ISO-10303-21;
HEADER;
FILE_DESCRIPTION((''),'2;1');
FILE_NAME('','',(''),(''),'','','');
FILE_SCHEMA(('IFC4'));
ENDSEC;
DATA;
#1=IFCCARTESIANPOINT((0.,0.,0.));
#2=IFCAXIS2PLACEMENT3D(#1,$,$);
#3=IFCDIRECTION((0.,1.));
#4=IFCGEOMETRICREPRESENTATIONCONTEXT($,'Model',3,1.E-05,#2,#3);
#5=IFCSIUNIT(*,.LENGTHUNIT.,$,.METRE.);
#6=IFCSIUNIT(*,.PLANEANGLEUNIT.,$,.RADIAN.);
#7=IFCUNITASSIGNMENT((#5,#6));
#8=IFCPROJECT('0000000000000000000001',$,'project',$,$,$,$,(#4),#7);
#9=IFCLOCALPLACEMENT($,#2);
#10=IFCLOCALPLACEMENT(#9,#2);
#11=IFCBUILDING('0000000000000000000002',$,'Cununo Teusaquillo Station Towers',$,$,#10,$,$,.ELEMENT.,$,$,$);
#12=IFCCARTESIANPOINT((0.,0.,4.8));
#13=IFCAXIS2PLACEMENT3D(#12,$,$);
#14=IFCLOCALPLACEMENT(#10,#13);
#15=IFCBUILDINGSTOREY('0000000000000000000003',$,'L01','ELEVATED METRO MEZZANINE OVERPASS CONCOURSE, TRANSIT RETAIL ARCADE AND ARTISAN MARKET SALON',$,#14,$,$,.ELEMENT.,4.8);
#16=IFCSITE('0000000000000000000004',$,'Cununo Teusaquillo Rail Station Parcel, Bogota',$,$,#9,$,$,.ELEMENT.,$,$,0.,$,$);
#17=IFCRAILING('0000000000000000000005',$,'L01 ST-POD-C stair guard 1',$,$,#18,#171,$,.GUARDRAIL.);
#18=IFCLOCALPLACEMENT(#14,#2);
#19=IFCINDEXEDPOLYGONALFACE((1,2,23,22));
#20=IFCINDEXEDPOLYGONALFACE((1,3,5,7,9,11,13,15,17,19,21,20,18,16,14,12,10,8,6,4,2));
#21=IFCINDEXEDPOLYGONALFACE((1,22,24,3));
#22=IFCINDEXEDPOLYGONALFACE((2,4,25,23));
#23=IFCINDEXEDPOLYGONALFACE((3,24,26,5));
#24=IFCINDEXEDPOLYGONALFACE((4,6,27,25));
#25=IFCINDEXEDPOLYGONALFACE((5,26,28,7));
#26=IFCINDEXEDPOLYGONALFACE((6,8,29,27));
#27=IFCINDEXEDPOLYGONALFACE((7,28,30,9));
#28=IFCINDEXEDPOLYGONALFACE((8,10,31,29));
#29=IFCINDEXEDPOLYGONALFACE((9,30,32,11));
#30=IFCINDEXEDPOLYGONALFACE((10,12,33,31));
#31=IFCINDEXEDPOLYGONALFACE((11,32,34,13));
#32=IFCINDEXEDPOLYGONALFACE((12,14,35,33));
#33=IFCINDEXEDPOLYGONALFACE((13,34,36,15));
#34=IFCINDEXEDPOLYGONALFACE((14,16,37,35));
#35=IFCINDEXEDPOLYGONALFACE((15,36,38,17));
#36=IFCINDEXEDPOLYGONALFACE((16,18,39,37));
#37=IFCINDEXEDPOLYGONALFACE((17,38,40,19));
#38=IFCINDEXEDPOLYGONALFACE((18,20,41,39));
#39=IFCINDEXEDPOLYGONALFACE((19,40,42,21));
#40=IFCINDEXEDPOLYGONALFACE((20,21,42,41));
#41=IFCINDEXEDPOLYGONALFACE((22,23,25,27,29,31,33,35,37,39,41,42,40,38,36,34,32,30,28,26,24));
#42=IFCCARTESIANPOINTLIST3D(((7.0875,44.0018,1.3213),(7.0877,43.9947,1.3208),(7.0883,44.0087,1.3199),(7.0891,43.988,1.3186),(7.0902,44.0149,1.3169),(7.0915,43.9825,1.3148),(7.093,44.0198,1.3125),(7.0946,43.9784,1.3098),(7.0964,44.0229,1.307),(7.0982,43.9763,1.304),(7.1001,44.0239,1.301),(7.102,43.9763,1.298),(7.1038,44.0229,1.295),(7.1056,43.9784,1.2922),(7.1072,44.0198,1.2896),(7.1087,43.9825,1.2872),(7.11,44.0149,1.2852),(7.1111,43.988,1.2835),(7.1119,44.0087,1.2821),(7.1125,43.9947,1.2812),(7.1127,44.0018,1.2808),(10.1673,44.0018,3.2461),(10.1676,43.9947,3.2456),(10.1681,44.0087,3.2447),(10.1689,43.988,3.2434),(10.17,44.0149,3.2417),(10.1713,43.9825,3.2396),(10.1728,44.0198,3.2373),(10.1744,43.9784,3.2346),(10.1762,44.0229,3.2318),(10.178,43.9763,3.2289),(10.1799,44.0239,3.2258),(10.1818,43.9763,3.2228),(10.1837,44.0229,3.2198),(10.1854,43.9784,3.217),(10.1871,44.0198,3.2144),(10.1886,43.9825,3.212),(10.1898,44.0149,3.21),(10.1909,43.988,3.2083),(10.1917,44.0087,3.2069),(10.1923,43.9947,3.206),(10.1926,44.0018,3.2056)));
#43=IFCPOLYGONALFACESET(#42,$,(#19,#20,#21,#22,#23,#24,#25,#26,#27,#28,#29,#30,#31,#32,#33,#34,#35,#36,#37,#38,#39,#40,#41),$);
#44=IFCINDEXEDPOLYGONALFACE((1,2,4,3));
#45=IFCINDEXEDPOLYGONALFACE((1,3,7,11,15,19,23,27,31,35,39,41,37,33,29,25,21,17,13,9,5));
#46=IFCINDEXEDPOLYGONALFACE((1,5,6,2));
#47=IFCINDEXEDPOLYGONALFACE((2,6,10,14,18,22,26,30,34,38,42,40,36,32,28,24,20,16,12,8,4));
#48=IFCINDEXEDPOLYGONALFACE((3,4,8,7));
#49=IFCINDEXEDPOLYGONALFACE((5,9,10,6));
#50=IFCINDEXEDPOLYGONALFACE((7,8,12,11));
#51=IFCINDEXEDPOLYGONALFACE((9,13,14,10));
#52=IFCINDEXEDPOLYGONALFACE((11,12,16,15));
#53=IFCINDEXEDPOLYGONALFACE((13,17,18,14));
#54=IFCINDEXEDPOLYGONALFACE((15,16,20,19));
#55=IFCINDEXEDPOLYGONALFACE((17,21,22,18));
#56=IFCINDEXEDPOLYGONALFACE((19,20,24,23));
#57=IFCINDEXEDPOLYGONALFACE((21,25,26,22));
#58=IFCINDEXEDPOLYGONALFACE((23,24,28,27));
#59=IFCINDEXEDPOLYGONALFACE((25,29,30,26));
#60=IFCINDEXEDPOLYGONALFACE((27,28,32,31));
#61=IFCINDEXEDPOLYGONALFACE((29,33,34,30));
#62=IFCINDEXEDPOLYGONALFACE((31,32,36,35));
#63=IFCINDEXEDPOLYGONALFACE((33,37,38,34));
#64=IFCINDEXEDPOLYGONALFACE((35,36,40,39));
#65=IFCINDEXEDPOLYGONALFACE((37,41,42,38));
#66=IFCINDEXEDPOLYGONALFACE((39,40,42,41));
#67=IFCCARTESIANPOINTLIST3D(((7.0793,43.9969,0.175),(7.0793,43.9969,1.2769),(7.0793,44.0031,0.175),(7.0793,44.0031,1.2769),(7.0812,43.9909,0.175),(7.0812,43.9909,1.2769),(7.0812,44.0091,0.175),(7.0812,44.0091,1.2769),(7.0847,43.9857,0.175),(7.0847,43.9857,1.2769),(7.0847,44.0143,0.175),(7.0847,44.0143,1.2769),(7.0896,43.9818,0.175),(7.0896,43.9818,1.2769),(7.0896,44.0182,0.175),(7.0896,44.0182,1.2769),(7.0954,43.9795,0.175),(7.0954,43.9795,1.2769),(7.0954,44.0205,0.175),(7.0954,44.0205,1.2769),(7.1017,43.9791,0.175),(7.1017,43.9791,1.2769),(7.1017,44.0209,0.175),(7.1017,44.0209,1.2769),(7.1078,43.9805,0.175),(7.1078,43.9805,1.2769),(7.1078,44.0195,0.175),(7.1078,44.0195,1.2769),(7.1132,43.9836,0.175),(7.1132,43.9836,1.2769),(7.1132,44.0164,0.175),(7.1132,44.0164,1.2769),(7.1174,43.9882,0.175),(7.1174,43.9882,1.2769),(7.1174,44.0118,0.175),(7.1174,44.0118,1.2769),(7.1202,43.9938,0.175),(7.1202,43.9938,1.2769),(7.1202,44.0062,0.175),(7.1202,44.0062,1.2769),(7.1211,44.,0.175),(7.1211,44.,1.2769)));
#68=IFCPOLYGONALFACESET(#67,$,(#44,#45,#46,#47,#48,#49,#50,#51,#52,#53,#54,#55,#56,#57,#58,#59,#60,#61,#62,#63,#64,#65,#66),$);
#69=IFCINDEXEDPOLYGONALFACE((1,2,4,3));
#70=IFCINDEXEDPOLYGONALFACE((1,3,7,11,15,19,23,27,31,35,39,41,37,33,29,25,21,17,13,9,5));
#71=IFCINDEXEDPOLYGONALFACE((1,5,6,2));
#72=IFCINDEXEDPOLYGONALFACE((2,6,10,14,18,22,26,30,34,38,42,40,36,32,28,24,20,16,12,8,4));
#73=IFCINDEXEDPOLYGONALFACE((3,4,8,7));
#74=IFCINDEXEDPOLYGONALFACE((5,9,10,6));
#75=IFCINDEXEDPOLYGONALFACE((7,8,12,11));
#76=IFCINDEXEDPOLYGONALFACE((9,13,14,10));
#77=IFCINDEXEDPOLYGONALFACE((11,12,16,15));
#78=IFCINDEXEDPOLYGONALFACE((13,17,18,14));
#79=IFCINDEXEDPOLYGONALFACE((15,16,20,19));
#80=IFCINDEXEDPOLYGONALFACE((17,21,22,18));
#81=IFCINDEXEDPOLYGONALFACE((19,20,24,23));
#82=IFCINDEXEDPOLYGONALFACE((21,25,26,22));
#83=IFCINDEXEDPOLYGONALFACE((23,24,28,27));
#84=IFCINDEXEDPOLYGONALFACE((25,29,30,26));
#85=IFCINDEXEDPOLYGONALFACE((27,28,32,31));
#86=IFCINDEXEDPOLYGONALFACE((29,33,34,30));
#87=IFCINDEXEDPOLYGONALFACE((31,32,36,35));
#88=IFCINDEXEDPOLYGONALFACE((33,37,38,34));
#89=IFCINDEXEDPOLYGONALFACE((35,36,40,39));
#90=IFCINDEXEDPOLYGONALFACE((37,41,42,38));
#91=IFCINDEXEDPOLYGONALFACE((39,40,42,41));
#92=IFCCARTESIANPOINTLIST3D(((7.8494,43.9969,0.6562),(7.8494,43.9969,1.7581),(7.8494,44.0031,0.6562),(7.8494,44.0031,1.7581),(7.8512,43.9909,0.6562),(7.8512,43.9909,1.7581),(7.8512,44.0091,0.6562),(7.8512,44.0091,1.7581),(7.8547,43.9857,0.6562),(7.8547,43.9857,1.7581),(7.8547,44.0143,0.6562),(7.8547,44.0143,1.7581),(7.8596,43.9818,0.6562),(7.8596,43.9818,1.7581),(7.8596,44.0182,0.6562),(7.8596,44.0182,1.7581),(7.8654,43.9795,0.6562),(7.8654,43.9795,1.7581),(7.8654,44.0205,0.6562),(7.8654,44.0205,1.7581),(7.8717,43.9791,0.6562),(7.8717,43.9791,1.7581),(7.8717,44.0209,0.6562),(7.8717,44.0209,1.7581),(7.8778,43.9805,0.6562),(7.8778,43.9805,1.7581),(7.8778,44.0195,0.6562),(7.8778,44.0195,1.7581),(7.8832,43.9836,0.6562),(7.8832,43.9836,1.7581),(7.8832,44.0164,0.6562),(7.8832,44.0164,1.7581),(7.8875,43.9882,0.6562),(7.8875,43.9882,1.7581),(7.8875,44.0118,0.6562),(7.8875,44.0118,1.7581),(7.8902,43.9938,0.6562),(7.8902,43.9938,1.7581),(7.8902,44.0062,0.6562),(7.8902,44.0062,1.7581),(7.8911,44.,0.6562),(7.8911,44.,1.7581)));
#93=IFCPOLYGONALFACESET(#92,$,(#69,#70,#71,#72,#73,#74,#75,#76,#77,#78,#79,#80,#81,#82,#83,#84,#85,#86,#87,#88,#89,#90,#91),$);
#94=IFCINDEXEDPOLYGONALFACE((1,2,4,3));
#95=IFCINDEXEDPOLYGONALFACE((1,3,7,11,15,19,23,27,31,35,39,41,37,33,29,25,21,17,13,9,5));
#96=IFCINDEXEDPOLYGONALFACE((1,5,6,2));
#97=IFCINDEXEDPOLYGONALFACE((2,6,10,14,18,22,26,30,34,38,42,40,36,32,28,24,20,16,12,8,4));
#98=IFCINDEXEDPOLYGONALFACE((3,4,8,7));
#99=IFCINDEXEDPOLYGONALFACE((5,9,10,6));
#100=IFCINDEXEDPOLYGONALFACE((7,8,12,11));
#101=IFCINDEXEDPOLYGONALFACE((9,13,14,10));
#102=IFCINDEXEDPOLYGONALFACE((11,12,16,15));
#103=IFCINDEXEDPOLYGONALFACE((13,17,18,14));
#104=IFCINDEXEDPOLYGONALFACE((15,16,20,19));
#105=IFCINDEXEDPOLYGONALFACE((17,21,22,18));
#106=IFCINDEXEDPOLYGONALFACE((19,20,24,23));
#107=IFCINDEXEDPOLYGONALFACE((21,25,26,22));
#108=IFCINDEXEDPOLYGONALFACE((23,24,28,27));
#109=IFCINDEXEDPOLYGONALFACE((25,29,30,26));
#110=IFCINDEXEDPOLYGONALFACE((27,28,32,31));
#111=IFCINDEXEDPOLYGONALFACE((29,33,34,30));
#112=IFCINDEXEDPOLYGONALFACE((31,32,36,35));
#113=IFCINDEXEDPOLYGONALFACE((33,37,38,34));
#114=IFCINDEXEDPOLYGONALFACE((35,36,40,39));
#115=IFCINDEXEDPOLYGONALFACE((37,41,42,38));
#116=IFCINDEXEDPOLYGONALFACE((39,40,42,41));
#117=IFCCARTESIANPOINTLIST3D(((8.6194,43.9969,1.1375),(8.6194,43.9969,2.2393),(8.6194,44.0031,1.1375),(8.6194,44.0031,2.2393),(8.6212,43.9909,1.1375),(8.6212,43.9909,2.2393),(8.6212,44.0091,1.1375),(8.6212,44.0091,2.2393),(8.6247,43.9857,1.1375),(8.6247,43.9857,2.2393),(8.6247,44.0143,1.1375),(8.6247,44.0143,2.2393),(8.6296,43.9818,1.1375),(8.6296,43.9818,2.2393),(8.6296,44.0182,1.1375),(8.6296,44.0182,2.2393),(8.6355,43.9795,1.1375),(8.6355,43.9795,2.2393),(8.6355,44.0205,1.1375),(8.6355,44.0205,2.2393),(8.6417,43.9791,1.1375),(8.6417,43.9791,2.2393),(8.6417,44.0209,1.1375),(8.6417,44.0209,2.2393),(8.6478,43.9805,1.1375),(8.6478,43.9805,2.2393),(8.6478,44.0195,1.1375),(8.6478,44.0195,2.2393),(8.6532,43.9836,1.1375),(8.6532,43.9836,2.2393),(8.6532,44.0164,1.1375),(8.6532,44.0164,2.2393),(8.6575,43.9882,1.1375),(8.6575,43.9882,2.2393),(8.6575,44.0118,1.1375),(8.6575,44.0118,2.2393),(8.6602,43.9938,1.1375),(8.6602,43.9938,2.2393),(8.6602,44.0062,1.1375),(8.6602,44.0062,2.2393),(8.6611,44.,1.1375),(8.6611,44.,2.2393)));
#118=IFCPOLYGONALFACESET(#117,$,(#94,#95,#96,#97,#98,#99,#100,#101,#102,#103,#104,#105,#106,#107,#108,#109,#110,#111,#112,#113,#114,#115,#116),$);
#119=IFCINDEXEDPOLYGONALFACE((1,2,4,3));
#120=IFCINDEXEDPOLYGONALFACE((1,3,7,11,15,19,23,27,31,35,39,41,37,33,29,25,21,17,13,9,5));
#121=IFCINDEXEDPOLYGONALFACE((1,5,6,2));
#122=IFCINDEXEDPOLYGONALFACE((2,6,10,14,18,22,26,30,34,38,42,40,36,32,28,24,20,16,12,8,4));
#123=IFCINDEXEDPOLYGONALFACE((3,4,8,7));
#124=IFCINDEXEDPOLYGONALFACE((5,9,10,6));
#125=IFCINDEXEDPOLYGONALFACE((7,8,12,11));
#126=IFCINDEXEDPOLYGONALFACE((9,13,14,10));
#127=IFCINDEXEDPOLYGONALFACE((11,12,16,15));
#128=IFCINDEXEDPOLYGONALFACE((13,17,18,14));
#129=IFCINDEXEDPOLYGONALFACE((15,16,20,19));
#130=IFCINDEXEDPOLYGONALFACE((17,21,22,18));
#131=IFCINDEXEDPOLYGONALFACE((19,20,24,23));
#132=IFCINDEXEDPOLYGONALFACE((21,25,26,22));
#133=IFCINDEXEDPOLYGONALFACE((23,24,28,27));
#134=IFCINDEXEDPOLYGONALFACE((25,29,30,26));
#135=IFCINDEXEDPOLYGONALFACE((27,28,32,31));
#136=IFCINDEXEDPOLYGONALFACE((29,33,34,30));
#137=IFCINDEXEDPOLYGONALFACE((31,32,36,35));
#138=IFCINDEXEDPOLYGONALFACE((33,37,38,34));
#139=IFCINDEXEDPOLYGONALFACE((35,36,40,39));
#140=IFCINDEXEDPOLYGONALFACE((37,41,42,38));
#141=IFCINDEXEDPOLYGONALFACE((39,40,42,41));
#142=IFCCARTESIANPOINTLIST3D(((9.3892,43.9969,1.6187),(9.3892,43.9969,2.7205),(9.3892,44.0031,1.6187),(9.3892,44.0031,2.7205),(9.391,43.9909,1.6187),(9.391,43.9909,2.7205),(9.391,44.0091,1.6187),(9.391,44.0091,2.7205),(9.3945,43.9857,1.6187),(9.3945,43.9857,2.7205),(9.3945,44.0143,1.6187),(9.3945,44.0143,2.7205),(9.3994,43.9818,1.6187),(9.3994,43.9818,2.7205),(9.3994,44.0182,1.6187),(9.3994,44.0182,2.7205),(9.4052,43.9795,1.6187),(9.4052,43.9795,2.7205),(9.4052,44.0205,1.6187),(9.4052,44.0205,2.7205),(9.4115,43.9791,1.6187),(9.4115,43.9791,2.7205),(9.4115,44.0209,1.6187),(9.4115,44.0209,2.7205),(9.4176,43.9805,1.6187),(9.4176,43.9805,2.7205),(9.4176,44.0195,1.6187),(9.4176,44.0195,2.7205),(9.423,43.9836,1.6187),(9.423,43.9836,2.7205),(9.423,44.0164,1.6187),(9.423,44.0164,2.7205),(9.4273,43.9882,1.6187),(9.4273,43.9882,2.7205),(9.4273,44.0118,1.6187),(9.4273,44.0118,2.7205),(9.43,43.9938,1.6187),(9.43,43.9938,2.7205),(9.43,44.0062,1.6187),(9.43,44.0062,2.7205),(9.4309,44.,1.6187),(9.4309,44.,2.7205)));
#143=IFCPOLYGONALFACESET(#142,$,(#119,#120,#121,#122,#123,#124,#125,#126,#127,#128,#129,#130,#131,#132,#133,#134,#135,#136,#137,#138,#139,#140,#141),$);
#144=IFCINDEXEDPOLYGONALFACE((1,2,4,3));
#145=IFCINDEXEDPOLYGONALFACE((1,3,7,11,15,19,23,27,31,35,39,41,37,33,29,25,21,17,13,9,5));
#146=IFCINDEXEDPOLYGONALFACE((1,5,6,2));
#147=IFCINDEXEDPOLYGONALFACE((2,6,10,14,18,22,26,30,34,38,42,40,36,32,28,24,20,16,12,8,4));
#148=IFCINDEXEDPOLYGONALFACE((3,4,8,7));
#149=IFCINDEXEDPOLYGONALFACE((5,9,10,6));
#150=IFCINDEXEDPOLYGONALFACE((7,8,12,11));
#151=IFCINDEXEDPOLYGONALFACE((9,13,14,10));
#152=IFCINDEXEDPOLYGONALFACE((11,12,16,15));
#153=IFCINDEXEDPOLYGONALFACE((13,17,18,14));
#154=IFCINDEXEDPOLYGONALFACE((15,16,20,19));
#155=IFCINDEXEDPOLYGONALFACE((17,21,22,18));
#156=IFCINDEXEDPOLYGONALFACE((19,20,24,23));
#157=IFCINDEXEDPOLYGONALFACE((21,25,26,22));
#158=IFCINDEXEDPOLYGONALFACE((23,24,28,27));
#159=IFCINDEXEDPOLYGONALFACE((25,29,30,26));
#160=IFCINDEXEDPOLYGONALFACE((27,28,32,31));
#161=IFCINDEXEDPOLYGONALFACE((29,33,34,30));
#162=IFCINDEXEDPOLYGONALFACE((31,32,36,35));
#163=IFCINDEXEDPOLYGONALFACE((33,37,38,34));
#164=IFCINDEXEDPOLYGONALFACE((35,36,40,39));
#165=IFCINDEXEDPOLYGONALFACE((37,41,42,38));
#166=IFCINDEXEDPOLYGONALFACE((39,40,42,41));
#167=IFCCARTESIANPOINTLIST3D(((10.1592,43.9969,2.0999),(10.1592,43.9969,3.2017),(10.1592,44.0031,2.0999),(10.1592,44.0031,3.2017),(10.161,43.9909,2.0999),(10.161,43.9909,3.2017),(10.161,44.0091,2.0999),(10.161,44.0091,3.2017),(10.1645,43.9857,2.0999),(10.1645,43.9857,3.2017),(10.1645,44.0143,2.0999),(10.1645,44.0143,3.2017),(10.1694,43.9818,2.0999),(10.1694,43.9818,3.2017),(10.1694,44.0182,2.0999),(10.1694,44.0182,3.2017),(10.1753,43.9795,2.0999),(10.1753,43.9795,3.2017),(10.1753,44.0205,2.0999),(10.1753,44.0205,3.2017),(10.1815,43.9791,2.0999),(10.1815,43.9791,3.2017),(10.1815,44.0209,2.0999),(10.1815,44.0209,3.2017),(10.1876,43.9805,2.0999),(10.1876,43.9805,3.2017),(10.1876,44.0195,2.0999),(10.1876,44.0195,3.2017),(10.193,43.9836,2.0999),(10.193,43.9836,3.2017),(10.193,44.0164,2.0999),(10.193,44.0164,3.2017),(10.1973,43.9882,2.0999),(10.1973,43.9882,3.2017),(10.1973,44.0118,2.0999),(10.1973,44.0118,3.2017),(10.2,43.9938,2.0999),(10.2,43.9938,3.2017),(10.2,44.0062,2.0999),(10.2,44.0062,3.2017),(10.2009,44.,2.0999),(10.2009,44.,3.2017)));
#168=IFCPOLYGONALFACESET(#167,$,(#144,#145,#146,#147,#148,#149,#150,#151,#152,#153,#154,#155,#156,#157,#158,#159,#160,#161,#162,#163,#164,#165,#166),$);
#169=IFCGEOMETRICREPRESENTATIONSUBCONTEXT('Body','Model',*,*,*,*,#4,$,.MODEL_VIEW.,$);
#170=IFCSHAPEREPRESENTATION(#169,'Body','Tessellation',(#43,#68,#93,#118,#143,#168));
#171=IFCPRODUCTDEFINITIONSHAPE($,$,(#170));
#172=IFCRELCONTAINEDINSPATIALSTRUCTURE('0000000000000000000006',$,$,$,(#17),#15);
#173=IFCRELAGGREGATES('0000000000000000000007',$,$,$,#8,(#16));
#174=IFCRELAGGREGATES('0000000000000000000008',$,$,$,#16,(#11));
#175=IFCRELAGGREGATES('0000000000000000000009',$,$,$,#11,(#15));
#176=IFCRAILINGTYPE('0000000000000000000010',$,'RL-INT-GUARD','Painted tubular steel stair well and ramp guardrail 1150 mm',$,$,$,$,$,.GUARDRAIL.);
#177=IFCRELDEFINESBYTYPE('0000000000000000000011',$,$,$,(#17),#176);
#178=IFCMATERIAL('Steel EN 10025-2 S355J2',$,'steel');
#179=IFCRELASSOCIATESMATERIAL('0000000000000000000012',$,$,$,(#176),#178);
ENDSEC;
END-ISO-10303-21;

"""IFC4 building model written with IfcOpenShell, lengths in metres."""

from ifc_helpers import new_model, si_unit, direction, frame, origin, origin_2d, place, context, subcontext, project, spatial, circle, extrude, material, type_object, element, save


model = new_model("IFC4")

# Units and contexts
model_context = context("Model", 3, precision=1e-05, world=origin(), true_north=direction((0.0, 1.0)))
body_context = subcontext(model_context, "Body", "Model", "MODEL_VIEW")
ifc_project = project(units=[si_unit("LENGTHUNIT", "METRE"), si_unit("PLANEANGLEUNIT", "RADIAN")], contexts=[model_context])

# Site, building, storey
site_placement = place(None, origin())
site = spatial("IfcSite", under=ifc_project, at=site_placement, Name="Cununo Teusaquillo Rail Station Parcel, Bogota", CompositionType="ELEMENT", RefElevation=0.0)
building_placement = place(site_placement, origin())
building = spatial("IfcBuilding", under=site, at=building_placement, Name="Cununo Teusaquillo Station Towers", CompositionType="ELEMENT")
storey_placement = place(building_placement, frame((0.0, 0.0, 4.8)))
storey = spatial("IfcBuildingStorey", under=building, at=storey_placement, Name="L01", Description="ELEVATED METRO MEZZANINE OVERPASS CONCOURSE, TRANSIT RETAIL ARCADE AND ARTISAN MARKET SALON", CompositionType="ELEMENT", Elevation=4.8)

# Railing
ifc_material_1 = material(Name="Steel EN 10025-2 S355J2", Category="steel")
railing_type_1 = type_object("IfcRailingType", Name="RL-INT-GUARD", Description="Painted tubular steel stair well and ramp guardrail 1150 mm", PredefinedType="GUARDRAIL", material=ifc_material_1)
railing_1_placement = place(storey_placement, frame((7.1001, 44.0, 0.175)))
element("IfcRailing", 1, at=railing_1_placement, inside=storey, type_object=railing_type_1, Name="L01 ST-POD-C stair guard 1", PredefinedType="GUARDRAIL", context=body_context, shape_type="SweptSolid", body=[
    extrude(circle(Radius=0.0239, at=origin_2d()), frame((0.0, 0.0, 1.126), z_axis=(0.84801, 0.0, 0.529981), x_axis=(0.0, 1.0, 0.0)), (0.0, 0.0, 1.0), 3.6318),
    extrude(circle(Radius=0.021, at=origin_2d()), origin(), (0.0, 0.0, 1.0), 1.1018),
    extrude(circle(Radius=0.021, at=origin_2d()), frame((0.77, 0.0, 0.4812)), (0.0, 0.0, 1.0), 1.1018),
    extrude(circle(Radius=0.021, at=origin_2d()), frame((1.54, 0.0, 0.9624)), (0.0, 0.0, 1.0), 1.1018),
    extrude(circle(Radius=0.021, at=origin_2d()), frame((2.3098, 0.0, 1.4436)), (0.0, 0.0, 1.0), 1.1018),
    extrude(circle(Radius=0.021, at=origin_2d()), frame((3.0798, 0.0, 1.9248)), (0.0, 0.0, 1.0), 1.1018),
])

save(model, "model.ifc")
